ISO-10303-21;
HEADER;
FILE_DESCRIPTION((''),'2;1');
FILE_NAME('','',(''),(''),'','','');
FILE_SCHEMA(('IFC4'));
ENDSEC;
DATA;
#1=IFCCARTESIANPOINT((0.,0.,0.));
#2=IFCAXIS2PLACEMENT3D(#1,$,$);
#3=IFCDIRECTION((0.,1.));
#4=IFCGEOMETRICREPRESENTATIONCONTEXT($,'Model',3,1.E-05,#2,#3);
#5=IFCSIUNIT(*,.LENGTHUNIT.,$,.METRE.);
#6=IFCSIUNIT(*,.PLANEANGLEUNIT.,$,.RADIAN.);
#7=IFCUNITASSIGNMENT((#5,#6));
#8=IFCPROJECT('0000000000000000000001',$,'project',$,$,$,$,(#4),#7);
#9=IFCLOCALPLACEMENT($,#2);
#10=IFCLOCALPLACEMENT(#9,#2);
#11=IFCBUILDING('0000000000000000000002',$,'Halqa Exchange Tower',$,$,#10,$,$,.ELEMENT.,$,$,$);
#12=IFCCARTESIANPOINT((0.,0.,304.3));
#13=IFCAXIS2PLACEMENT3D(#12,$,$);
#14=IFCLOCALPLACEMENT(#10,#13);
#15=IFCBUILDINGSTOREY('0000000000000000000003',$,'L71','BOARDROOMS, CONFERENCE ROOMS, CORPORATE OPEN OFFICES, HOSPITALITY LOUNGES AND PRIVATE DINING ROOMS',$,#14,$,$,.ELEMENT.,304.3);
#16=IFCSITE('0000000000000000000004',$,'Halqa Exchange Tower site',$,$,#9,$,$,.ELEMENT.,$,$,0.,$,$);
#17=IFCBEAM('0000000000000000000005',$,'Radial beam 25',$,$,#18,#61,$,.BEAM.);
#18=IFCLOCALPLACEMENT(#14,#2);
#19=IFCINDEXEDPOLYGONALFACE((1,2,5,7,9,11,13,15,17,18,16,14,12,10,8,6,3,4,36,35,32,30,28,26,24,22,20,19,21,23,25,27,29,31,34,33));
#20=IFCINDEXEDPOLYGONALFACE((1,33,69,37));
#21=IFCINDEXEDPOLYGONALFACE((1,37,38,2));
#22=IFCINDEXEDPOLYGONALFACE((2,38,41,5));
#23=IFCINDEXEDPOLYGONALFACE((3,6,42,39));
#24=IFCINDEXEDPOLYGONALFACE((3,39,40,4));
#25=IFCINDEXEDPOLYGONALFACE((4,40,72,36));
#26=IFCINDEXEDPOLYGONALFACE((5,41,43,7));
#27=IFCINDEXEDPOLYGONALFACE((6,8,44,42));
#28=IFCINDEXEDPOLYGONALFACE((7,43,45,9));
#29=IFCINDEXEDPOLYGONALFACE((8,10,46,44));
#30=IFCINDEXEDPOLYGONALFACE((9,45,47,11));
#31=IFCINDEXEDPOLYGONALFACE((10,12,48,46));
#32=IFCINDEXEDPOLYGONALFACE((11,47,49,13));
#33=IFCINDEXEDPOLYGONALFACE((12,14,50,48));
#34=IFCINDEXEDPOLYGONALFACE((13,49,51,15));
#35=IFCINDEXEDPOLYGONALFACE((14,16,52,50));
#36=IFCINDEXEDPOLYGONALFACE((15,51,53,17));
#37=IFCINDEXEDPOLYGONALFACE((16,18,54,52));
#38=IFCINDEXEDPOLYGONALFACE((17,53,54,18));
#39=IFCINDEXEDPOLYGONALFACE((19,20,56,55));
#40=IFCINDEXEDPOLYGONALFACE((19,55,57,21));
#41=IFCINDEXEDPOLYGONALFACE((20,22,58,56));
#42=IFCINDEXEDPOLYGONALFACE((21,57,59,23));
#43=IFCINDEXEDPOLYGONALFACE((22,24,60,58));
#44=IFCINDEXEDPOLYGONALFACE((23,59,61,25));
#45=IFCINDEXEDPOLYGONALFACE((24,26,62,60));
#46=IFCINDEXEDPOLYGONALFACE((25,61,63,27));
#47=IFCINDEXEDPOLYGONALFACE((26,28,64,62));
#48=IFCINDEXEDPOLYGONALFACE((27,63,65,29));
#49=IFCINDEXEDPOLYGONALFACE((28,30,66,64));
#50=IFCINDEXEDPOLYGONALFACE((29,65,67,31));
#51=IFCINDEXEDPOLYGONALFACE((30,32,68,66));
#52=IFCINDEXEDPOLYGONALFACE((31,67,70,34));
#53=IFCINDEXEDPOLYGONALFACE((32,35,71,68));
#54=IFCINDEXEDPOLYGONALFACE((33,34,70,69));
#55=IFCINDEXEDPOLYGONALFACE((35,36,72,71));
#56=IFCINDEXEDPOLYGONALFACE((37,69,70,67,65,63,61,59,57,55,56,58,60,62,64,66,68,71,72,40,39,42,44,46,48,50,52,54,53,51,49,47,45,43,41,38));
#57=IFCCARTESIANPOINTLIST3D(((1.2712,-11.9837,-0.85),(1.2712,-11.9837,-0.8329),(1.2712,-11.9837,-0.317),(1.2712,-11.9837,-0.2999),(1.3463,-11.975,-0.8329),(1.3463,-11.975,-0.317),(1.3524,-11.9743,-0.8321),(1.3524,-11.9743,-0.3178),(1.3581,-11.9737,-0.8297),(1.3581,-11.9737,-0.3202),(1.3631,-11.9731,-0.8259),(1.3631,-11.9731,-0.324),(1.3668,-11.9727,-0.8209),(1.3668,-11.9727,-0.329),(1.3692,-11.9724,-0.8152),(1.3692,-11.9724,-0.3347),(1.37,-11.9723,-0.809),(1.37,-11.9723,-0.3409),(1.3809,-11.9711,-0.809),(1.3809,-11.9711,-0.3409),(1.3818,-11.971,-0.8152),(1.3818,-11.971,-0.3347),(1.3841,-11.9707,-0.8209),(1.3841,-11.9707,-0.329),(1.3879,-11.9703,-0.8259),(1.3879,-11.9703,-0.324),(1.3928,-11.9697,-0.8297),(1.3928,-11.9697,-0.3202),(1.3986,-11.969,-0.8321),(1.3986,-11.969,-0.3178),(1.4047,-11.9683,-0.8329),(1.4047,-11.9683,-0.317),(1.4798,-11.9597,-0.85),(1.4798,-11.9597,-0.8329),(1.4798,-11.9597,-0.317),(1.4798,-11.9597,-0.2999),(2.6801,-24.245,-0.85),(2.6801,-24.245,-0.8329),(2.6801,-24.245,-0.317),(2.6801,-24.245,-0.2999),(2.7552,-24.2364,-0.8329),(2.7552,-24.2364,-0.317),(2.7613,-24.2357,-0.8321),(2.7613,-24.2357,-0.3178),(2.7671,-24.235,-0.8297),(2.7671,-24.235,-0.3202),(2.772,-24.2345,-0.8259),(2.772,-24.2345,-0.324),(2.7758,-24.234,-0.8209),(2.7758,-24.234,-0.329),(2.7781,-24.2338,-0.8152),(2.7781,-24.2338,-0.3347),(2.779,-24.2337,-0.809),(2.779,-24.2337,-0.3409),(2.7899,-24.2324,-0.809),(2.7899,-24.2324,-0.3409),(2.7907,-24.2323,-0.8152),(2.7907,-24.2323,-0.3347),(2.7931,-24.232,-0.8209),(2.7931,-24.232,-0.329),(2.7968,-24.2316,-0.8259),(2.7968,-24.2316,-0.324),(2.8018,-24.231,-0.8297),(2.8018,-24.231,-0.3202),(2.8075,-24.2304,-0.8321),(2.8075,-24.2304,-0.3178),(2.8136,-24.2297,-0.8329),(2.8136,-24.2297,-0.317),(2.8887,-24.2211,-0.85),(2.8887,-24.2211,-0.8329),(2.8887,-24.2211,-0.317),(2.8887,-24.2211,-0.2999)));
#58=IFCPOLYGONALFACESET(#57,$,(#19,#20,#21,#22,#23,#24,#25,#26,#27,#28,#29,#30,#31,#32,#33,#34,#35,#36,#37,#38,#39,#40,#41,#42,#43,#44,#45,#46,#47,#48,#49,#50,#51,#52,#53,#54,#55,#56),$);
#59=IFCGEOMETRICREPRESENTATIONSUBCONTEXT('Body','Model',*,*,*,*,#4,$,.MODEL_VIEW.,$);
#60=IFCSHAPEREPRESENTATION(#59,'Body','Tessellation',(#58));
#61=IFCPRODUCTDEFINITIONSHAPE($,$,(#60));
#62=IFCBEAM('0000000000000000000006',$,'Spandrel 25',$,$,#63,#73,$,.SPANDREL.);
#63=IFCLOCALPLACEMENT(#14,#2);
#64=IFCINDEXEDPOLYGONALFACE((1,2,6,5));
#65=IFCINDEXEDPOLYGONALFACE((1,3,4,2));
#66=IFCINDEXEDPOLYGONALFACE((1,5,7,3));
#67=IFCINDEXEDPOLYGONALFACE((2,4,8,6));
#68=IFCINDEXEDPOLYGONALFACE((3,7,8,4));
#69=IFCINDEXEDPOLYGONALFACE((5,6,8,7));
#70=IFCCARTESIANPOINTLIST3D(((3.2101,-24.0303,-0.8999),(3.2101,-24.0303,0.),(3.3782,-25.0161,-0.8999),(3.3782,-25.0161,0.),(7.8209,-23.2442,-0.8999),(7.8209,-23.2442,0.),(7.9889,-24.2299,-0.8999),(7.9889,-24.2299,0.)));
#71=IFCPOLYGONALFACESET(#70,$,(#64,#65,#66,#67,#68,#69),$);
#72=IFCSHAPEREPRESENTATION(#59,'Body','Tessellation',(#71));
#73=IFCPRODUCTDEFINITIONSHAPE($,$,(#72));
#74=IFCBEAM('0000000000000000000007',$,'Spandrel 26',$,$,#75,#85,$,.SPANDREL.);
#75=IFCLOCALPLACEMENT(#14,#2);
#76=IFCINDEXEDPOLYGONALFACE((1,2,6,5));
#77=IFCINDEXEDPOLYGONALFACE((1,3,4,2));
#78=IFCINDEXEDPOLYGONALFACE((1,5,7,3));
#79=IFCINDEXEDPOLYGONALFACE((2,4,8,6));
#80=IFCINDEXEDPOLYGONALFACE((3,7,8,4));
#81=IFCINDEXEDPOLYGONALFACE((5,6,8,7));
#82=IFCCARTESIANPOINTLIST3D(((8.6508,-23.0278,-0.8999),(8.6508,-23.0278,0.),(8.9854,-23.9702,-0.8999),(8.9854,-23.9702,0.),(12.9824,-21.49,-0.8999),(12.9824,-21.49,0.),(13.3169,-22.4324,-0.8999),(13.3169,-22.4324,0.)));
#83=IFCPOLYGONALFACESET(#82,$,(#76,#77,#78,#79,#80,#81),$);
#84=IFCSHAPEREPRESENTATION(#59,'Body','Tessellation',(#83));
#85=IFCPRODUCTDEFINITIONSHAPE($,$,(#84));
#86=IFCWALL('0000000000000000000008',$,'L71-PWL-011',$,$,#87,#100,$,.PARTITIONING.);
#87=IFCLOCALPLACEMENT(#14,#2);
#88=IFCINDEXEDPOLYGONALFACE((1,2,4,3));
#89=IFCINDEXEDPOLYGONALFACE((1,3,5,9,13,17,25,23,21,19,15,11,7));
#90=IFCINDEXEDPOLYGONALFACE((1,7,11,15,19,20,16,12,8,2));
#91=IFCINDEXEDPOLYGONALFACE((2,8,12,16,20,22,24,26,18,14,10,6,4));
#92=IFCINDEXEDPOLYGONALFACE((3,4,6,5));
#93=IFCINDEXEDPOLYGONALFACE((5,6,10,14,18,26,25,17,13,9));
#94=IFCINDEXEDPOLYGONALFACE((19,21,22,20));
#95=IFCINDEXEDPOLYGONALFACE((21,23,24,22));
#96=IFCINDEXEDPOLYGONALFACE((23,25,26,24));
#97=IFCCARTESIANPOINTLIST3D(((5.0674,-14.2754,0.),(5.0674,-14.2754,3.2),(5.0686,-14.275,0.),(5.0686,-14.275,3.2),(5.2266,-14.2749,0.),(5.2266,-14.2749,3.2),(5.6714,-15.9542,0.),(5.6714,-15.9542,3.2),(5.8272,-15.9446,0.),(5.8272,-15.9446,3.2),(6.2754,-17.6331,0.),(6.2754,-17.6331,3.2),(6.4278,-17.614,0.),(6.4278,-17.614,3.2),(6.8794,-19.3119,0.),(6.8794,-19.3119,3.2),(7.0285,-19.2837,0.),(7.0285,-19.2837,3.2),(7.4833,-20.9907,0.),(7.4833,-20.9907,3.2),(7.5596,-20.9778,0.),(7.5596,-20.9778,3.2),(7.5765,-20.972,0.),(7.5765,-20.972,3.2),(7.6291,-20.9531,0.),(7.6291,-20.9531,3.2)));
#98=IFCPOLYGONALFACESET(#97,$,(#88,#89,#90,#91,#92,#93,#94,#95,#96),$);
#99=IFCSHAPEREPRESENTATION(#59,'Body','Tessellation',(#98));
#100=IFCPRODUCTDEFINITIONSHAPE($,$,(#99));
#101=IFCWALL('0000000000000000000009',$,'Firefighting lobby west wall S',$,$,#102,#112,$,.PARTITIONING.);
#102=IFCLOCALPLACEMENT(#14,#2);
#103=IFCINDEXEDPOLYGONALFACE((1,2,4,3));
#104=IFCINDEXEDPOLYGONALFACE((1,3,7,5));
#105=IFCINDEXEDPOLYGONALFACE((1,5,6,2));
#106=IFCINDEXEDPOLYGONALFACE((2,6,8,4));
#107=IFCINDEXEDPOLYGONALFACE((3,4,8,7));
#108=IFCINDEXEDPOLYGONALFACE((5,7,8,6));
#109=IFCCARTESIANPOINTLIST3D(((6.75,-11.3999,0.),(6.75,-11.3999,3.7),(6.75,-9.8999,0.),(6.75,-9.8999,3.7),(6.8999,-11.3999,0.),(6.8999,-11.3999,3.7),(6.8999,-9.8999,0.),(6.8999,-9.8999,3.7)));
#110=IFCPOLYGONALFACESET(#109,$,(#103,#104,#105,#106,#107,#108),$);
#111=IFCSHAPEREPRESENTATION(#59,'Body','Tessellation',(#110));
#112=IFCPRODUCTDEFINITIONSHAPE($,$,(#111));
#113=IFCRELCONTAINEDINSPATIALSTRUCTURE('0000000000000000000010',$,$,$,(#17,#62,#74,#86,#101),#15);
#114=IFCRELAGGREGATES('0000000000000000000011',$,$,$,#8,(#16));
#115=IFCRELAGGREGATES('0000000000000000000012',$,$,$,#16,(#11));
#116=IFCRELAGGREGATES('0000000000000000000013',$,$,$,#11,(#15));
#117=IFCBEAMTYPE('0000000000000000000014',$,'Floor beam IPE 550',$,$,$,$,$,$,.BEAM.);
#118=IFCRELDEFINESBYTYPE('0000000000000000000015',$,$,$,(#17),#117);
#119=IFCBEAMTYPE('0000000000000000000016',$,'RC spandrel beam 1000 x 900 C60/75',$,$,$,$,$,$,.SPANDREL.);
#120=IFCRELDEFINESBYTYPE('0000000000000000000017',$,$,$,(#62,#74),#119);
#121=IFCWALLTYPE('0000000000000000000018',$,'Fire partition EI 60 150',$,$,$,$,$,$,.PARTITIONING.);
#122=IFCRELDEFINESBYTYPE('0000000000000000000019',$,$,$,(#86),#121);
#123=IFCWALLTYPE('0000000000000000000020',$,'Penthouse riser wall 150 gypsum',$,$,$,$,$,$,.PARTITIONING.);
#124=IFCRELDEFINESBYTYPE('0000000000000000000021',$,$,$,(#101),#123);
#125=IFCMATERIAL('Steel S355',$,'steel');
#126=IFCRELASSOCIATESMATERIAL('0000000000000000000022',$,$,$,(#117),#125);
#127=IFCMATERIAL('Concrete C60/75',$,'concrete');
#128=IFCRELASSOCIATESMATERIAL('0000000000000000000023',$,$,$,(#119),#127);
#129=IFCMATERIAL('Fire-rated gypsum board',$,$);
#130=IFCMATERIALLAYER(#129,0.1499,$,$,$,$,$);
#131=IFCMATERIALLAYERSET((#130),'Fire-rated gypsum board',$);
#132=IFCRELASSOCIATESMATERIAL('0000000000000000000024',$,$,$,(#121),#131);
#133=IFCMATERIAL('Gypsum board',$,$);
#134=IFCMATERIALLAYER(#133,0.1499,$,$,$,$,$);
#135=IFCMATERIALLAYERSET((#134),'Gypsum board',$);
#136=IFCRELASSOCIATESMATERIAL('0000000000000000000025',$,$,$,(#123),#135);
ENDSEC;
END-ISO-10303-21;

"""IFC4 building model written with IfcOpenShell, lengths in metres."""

from ifc_helpers import new_model, si_unit, direction, frame, frame_2d, origin, origin_2d, place, context, subcontext, project, spatial, polyline, rectangle, i_section, outline, extrude, material, layer, layer_set, material_profile, profile_set, type_object, element, save


model = new_model("IFC4")

# Units and contexts
model_context = context("Model", 3, precision=1e-05, world=origin(), true_north=direction((0.0, 1.0)))
body_context = subcontext(model_context, "Body", "Model", "MODEL_VIEW")
ifc_project = project(units=[si_unit("LENGTHUNIT", "METRE"), si_unit("PLANEANGLEUNIT", "RADIAN")], contexts=[model_context])

# Site, building, storey
site_placement = place(None, origin())
site = spatial("IfcSite", under=ifc_project, at=site_placement, Name="Halqa Exchange Tower site", CompositionType="ELEMENT", RefElevation=0.0)
building_placement = place(site_placement, origin())
building = spatial("IfcBuilding", under=site, at=building_placement, Name="Halqa Exchange Tower", CompositionType="ELEMENT")
storey_placement = place(building_placement, frame((0.0, 0.0, 304.3)))
storey = spatial("IfcBuildingStorey", under=building, at=storey_placement, Name="L71", Description="BOARDROOMS, CONFERENCE ROOMS, CORPORATE OPEN OFFICES, HOSPITALITY LOUNGES AND PRIVATE DINING ROOMS", CompositionType="ELEMENT", Elevation=304.3)

# Beams
ifc_material_1 = material(Name="Steel S355", Category="steel")
ifc_material_profile_1 = material_profile(ifc_material_1, i_section(OverallWidth=0.21, OverallDepth=0.55, WebThickness=0.011, FlangeThickness=0.0171, FilletRadius=0.0239, at=origin_2d()), Name="IPE 550")
ifc_profile_set_1 = profile_set([ifc_material_profile_1], Name="Steel S355")
beam_type_1 = type_object("IfcBeamType", Name="Floor beam IPE 550", PredefinedType="BEAM", material=ifc_profile_set_1)
beam_1_placement = place(storey_placement, frame((1.3755, -11.9717, -0.575), z_axis=(0.114156, -0.993463, 0.0), x_axis=(0.993463, 0.114156, 0.0)))
element("IfcBeam", 1, at=beam_1_placement, inside=storey, type_object=beam_type_1, Name="Radial beam 25", PredefinedType="BEAM", context=body_context, shape_type="SweptSolid", body=[
    extrude(i_section(OverallWidth=0.21, OverallDepth=0.55, WebThickness=0.011, FlangeThickness=0.0171, FilletRadius=0.0239, at=origin_2d()), origin(), (0.0, 0.0, 1.0), 12.342),
])
ifc_material_2 = material(Name="Concrete C60/75", Category="concrete")
ifc_material_profile_2 = material_profile(ifc_material_2, rectangle(XDim=1.0, YDim=0.8999, at=origin_2d()), Name="1000 x 900")
ifc_profile_set_2 = profile_set([ifc_material_profile_2], Name="Concrete C60/75")
beam_type_2 = type_object("IfcBeamType", Name="RC spandrel beam 1000 x 900 C60/75", PredefinedType="SPANDREL", material=ifc_profile_set_2)
beam_2_placement = place(storey_placement, frame((3.2942, -24.5232, -0.45), z_axis=(0.985773, 0.16808, 0.0), x_axis=(-0.16808, 0.985773, 0.0)))
element("IfcBeam", 2, at=beam_2_placement, inside=storey, type_object=beam_type_2, Name="Spandrel 25", PredefinedType="SPANDREL", context=body_context, shape_type="SweptSolid", body=[
    extrude(rectangle(XDim=1.0, YDim=0.8999, at=origin_2d()), origin(), (0.0, 0.0, 1.0), 4.6772),
])
beam_3_placement = place(storey_placement, frame((8.8181, -23.499, -0.45), z_axis=(0.94237, 0.334573, 0.0), x_axis=(-0.334573, 0.94237, 0.0)))
element("IfcBeam", 3, at=beam_3_placement, inside=storey, type_object=beam_type_2, Name="Spandrel 26", PredefinedType="SPANDREL", context=body_context, shape_type="SweptSolid", body=[
    extrude(rectangle(XDim=1.0, YDim=0.8999, at=origin_2d()), origin(), (0.0, 0.0, 1.0), 4.5964),
])

# Walls
ifc_material_3 = material(Name="Fire-rated gypsum board")
ifc_layer_1 = layer(ifc_material_3, 0.1499)
ifc_layer_set_1 = layer_set([ifc_layer_1], Name="Fire-rated gypsum board")
wall_type_1 = type_object("IfcWallType", Name="Fire partition EI 60 150", PredefinedType="PARTITIONING", material=ifc_layer_set_1)
wall_1_placement = place(storey_placement, frame((5.1379, -14.25, 0.0), z_axis=(0.0, 0.0, 1.0), x_axis=(0.33852, -0.940959, 0.0)))
element("IfcWall", 4, at=wall_1_placement, inside=storey, type_object=wall_type_1, Name="L71-PWL-011", PredefinedType="PARTITIONING", context=body_context, shape_type="SweptSolid", body=[
    extrude(outline(polyline([(0.0, -0.075), (1.7842, -0.075), (3.5684, -0.075), (5.3525, -0.075), (7.1367, -0.075), (7.1504, 0.0012), (7.1506, 0.019), (7.1506, 0.075), (5.3765, 0.075), (3.6021, 0.075), (1.8279, 0.075), (0.0535, 0.075), (0.0, -0.0737), (0.0, -0.075)])), origin(), (0.0, 0.0, 1.0), 3.2),
])
ifc_material_4 = material(Name="Gypsum board")
ifc_layer_2 = layer(ifc_material_4, 0.1499)
ifc_layer_set_2 = layer_set([ifc_layer_2], Name="Gypsum board")
wall_type_2 = type_object("IfcWallType", Name="Penthouse riser wall 150 gypsum", PredefinedType="PARTITIONING", material=ifc_layer_set_2)
wall_2_placement = place(storey_placement, frame((6.825, -11.3999, 0.0), z_axis=(0.0, 0.0, 1.0), x_axis=(0.0, 1.0, 0.0)))
element("IfcWall", 5, at=wall_2_placement, inside=storey, type_object=wall_type_2, Name="Firefighting lobby west wall S", PredefinedType="PARTITIONING", context=body_context, shape_type="SweptSolid", body=[
    extrude(rectangle(XDim=1.5, YDim=0.1499, at=frame_2d((0.75, 0.0))), origin(), (0.0, 0.0, 1.0), 3.7),
])

save(model, "model.ifc")
